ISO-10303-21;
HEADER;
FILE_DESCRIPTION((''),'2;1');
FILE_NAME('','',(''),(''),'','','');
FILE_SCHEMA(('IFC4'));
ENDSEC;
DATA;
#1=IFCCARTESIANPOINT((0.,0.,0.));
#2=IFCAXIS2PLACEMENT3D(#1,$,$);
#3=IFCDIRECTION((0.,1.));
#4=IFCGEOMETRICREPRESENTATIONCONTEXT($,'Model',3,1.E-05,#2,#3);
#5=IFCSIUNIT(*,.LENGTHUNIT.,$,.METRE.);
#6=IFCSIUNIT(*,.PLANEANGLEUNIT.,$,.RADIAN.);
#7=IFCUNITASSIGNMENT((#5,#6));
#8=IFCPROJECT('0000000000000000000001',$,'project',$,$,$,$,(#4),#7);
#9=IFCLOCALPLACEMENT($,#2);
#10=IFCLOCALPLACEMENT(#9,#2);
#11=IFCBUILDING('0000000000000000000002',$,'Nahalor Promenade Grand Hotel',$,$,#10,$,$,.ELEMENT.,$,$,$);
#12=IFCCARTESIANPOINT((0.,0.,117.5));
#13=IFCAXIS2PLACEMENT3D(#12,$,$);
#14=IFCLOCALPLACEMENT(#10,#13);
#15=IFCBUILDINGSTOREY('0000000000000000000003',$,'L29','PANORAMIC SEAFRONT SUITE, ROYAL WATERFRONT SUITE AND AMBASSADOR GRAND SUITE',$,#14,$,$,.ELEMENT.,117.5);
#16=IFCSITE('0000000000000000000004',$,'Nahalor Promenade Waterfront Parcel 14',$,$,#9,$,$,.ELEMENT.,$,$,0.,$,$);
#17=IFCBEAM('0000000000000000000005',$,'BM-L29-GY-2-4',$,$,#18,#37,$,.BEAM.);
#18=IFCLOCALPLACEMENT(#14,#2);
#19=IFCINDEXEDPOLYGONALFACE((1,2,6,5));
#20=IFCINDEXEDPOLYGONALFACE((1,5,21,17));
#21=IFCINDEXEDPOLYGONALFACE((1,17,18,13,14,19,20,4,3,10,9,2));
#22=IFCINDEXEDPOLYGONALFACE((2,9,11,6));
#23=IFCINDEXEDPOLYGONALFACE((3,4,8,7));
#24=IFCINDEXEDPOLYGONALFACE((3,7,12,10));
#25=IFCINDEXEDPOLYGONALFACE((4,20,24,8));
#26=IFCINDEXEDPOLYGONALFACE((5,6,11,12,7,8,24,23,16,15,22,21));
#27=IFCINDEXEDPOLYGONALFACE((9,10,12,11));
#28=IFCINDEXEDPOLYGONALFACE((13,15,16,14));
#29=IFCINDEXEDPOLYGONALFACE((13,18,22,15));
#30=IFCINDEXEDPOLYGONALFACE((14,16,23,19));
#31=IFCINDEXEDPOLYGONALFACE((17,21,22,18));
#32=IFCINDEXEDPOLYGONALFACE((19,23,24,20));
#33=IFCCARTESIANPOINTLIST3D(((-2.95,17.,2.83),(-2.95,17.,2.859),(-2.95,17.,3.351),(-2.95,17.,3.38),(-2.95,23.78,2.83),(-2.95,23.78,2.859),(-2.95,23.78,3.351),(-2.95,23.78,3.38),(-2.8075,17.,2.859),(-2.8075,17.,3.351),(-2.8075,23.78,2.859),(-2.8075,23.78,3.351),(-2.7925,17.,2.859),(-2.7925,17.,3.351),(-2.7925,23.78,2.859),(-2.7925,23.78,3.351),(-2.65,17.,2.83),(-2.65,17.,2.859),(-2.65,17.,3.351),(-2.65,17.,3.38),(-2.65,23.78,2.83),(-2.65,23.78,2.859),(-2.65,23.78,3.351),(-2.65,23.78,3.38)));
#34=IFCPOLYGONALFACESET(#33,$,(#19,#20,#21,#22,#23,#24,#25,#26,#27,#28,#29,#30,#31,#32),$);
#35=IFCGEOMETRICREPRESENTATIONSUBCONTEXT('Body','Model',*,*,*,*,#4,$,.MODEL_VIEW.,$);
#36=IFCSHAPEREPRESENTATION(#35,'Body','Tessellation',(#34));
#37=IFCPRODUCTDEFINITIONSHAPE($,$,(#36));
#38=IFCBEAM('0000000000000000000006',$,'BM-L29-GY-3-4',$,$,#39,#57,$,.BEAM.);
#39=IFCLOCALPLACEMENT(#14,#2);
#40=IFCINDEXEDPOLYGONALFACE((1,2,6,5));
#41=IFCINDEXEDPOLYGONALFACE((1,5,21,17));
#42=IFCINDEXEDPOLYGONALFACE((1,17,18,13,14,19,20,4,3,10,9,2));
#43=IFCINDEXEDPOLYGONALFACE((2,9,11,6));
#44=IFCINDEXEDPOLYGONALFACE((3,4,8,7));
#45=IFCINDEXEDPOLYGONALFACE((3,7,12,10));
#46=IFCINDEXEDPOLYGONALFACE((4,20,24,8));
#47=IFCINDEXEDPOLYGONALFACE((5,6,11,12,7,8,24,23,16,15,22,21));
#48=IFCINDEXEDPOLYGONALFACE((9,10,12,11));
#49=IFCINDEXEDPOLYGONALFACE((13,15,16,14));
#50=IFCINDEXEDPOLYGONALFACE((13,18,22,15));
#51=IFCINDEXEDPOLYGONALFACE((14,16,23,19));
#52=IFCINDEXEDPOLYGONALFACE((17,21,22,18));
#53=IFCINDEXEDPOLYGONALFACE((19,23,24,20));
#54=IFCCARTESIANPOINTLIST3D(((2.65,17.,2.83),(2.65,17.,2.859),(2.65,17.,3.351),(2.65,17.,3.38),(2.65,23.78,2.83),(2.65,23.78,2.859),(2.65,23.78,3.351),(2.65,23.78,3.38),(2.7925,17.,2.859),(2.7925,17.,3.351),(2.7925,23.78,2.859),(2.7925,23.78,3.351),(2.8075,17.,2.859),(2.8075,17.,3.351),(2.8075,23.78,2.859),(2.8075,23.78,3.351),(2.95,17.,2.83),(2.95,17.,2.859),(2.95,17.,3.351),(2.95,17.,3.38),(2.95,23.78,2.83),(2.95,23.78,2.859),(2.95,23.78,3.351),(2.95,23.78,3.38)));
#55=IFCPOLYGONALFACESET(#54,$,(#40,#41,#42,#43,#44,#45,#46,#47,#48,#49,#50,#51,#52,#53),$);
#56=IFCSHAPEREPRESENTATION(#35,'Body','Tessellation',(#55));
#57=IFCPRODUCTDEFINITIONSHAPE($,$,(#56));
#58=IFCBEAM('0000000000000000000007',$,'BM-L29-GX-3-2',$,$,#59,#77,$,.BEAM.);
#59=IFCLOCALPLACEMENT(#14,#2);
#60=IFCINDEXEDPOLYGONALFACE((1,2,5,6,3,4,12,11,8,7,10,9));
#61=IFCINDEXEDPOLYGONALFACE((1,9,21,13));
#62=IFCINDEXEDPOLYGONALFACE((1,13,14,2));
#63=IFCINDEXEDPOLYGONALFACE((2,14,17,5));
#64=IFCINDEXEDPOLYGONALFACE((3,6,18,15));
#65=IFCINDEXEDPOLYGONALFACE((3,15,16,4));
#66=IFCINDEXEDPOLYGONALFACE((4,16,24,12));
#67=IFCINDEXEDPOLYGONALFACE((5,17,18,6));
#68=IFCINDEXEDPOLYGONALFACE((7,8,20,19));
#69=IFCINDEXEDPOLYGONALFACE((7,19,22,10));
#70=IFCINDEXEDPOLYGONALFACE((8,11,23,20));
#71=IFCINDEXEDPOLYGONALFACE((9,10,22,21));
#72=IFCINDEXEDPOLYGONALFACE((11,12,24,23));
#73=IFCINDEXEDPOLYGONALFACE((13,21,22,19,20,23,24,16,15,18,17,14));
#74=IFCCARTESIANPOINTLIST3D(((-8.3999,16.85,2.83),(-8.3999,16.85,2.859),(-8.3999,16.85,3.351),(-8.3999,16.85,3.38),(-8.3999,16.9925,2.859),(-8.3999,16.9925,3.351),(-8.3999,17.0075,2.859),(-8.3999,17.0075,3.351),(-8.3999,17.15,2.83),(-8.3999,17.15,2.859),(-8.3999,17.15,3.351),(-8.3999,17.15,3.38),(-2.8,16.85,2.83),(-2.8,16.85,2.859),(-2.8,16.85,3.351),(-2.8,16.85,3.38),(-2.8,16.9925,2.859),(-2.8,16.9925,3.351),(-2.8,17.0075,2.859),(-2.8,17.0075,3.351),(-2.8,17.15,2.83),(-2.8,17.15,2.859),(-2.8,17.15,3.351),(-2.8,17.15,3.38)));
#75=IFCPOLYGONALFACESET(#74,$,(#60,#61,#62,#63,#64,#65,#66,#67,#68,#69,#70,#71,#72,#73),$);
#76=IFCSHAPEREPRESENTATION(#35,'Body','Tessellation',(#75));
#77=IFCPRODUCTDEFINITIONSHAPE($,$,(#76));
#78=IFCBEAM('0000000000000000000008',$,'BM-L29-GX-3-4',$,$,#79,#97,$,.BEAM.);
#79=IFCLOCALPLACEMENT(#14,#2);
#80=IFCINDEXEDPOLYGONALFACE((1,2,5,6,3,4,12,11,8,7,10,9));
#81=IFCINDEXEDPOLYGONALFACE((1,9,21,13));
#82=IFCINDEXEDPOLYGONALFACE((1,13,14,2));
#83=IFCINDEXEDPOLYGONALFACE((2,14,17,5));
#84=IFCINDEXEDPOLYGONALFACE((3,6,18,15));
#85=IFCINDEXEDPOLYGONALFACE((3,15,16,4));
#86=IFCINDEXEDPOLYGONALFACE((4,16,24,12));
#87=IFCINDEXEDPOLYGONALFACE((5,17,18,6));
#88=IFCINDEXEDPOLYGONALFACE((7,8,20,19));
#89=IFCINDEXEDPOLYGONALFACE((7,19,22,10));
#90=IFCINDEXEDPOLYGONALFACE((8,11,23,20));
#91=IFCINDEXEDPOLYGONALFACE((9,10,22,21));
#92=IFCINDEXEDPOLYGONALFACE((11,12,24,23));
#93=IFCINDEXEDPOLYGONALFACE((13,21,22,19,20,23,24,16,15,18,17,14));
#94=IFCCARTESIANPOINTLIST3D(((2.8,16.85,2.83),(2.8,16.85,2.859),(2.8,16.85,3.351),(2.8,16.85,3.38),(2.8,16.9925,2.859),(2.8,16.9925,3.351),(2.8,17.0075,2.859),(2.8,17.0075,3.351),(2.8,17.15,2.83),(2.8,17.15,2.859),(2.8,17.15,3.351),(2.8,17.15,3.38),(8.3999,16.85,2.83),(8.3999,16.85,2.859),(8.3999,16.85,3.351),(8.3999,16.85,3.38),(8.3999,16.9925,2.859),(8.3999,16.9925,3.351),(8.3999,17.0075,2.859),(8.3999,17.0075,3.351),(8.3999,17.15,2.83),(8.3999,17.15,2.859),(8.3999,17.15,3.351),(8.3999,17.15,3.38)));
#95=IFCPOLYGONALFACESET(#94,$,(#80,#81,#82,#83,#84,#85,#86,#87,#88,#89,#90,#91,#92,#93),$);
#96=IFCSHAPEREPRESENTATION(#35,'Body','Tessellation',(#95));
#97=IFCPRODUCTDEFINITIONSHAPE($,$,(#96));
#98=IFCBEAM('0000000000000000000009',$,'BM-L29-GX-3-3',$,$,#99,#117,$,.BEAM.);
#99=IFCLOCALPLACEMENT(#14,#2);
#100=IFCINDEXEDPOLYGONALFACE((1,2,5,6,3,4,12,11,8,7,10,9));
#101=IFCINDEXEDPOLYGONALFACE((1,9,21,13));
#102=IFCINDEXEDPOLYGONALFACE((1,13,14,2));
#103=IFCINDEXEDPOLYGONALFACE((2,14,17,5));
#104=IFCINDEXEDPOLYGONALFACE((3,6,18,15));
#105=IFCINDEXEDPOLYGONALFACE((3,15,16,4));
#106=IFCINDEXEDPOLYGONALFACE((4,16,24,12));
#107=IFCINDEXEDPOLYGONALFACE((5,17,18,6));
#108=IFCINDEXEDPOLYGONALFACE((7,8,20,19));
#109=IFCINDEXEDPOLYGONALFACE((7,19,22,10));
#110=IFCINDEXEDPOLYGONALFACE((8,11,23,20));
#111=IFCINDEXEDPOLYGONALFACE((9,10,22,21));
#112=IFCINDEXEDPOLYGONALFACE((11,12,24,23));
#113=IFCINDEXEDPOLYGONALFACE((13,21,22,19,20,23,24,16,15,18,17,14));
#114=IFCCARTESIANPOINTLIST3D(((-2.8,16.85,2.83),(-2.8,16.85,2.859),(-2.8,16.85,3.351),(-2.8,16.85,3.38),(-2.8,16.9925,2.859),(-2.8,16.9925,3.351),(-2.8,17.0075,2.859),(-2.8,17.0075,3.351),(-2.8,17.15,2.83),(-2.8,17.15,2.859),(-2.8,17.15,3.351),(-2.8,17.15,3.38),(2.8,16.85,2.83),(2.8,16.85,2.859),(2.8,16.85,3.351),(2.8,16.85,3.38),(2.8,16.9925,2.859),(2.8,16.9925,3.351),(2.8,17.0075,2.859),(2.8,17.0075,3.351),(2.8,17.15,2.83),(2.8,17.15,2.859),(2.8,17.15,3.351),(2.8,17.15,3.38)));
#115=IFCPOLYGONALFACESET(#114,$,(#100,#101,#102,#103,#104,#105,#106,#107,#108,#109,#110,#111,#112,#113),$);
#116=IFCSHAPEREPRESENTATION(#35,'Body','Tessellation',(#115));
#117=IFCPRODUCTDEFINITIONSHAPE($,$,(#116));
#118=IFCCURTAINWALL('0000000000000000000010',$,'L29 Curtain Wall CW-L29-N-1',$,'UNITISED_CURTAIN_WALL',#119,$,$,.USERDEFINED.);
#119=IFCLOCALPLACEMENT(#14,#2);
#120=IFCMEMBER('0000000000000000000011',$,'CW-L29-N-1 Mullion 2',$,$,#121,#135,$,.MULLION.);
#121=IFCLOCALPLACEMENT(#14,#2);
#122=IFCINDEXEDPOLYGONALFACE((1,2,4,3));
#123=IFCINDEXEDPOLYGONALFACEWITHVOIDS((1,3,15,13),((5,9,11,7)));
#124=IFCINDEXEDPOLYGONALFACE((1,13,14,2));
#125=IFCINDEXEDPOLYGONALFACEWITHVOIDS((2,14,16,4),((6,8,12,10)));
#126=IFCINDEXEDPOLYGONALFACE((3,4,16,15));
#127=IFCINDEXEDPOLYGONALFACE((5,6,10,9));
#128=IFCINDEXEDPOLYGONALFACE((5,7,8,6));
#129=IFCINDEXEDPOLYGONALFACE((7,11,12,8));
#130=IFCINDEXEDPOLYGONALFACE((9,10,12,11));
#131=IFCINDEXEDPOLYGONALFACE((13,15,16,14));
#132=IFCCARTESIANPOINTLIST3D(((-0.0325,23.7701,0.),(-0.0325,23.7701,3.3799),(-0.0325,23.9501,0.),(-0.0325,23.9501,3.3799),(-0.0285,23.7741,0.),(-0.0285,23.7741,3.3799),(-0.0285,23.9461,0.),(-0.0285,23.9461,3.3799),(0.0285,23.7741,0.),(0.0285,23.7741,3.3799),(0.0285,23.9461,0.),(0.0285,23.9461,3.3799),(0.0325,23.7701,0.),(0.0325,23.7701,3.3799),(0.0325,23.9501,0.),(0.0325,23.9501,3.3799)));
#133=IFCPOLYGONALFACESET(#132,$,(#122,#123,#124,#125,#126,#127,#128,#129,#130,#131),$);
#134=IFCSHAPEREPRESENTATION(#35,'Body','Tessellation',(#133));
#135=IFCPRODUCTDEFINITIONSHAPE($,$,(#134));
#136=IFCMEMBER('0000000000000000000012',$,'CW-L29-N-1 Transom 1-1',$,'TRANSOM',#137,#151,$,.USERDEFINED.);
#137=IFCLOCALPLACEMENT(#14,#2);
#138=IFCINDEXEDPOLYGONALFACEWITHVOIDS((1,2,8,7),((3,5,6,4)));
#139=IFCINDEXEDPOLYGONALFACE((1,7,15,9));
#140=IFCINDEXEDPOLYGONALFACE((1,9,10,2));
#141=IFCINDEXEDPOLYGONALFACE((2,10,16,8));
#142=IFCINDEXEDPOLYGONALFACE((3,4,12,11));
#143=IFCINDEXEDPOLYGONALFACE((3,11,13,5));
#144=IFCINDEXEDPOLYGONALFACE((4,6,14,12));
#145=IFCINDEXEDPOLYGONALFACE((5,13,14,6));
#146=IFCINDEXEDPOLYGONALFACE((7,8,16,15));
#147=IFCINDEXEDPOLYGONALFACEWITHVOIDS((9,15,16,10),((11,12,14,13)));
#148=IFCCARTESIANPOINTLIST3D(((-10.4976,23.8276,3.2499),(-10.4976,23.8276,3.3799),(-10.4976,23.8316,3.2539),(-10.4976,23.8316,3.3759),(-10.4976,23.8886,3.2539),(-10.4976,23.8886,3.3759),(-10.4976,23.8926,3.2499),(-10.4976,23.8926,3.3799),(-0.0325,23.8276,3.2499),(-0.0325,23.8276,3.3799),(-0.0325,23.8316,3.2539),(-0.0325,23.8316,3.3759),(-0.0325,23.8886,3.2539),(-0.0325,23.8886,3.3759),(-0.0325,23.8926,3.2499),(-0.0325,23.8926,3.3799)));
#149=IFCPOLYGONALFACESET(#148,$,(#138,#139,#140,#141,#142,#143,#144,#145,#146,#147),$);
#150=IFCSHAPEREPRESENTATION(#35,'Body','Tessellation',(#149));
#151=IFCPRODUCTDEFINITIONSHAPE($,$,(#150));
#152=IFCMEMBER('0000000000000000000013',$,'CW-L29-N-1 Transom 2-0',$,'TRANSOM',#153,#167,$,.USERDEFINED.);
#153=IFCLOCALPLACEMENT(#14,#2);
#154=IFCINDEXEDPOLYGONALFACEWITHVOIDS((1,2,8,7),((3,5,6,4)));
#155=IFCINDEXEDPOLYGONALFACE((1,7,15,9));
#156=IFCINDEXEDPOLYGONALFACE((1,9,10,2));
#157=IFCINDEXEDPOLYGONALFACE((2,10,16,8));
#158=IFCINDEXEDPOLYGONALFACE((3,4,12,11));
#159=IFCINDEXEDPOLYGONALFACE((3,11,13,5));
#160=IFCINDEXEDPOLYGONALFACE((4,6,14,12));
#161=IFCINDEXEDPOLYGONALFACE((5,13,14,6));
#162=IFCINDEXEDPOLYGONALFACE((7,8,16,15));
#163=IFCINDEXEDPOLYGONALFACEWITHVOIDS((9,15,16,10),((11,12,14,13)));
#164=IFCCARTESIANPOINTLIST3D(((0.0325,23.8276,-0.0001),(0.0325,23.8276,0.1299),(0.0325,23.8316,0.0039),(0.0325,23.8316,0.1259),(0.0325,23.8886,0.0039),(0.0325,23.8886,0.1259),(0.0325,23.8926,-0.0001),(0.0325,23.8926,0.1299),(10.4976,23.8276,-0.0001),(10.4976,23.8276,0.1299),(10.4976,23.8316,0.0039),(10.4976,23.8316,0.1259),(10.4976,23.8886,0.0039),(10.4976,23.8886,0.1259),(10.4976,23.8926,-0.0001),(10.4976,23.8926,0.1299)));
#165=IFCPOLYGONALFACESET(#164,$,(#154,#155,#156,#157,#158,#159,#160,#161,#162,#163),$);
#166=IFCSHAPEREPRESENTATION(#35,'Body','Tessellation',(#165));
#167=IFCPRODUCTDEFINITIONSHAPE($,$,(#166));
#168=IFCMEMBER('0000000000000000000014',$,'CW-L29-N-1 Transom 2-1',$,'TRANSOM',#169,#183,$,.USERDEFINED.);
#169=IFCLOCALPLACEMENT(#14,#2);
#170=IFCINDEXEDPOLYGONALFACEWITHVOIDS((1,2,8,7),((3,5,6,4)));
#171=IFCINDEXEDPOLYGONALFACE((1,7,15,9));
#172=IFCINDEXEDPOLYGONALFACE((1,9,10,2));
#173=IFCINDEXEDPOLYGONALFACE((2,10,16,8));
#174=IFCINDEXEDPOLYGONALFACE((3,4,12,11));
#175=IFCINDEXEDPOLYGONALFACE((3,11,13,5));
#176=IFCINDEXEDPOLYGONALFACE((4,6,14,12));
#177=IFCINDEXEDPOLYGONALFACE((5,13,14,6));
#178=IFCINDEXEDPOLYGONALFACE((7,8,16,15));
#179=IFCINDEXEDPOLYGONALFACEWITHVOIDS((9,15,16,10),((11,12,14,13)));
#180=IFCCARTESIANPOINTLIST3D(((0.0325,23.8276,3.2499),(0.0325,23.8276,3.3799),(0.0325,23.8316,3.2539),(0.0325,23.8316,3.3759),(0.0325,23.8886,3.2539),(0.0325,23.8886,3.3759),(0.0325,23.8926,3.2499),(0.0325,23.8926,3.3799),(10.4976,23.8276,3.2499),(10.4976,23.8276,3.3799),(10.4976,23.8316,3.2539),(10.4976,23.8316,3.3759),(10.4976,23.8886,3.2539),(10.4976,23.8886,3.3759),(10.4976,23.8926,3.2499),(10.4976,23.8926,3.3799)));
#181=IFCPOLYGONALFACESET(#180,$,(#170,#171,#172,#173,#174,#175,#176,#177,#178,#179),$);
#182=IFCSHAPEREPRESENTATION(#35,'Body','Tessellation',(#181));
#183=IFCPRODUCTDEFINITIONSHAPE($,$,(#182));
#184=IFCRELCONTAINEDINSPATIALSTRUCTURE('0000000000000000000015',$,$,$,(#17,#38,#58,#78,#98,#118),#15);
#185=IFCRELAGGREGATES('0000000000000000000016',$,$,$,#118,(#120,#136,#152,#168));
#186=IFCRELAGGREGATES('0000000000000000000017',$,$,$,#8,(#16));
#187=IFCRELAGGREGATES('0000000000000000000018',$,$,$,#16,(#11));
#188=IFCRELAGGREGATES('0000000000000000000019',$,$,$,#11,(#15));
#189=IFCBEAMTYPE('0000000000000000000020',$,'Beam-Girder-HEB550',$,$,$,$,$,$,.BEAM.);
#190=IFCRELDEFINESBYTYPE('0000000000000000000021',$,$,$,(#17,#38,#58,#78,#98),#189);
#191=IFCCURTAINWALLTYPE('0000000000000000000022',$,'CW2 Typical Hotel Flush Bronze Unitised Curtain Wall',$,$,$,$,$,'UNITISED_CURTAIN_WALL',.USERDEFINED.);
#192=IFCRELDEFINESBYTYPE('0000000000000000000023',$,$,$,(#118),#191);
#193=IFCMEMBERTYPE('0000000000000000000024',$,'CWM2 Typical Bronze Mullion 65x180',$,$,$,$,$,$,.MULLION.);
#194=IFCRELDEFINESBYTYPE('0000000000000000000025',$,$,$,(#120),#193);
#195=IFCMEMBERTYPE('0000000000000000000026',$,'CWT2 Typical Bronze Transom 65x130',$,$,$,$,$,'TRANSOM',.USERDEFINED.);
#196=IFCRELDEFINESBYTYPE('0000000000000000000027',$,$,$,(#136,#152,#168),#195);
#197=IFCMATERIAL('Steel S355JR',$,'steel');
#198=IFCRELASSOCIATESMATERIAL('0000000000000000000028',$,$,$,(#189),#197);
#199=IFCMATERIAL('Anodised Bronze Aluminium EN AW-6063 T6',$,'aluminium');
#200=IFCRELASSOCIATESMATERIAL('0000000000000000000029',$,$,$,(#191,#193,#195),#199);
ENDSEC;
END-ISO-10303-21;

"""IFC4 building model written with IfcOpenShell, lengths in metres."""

from ifc_helpers import new_model, si_unit, direction, frame, origin, origin_2d, place, context, subcontext, project, spatial, hollow_rectangle, i_section, extrude, source, transform, mapped, material, material_profile, profile_set, type_object, element, aggregate, save


model = new_model("IFC4")

# Units and contexts
model_context = context("Model", 3, precision=1e-05, world=origin(), true_north=direction((0.0, 1.0)))
body_context = subcontext(model_context, "Body", "Model", "MODEL_VIEW")
ifc_project = project(units=[si_unit("LENGTHUNIT", "METRE"), si_unit("PLANEANGLEUNIT", "RADIAN")], contexts=[model_context])

# Site, building, storey
site_placement = place(None, origin())
site = spatial("IfcSite", under=ifc_project, at=site_placement, Name="Nahalor Promenade Waterfront Parcel 14", CompositionType="ELEMENT", RefElevation=0.0)
building_placement = place(site_placement, origin())
building = spatial("IfcBuilding", under=site, at=building_placement, Name="Nahalor Promenade Grand Hotel", CompositionType="ELEMENT")
storey_placement = place(building_placement, frame((0.0, 0.0, 117.5)))
storey = spatial("IfcBuildingStorey", under=building, at=storey_placement, Name="L29", Description="PANORAMIC SEAFRONT SUITE, ROYAL WATERFRONT SUITE AND AMBASSADOR GRAND SUITE", CompositionType="ELEMENT", Elevation=117.5)

# Beams
ifc_material_1 = material(Name="Steel S355JR", Category="steel")
ifc_material_profile_1 = material_profile(ifc_material_1, i_section(OverallWidth=0.3, OverallDepth=0.55, WebThickness=0.015, FlangeThickness=0.029, at=origin_2d()), Name="HEB 550")
ifc_profile_set_1 = profile_set([ifc_material_profile_1], Name="Steel S355JR")
beam_type_1 = type_object("IfcBeamType", Name="Beam-Girder-HEB550", PredefinedType="BEAM", material=ifc_profile_set_1)
shared_shape_1 = source(origin(), body_context, "Body", "SweptSolid", [
    extrude(i_section(OverallWidth=0.3, OverallDepth=0.55, WebThickness=0.015, FlangeThickness=0.029, at=origin_2d()), origin(), (0.0, 0.0, 1.0), 6.78),
])
for number, where, z_axis, x_axis, name in (
    (1, (-2.8, 17.0, 3.105), (0.0, 1.0, 0.0), (-1.0, 0.0, 0.0), "BM-L29-GY-2-4"),
    (2, (2.8, 17.0, 3.105), (0.0, 1.0, 0.0), (-1.0, 0.0, 0.0), "BM-L29-GY-3-4"),
):
    element("IfcBeam", number, at=place(storey_placement, frame(where, z_axis=z_axis, x_axis=x_axis)), inside=storey, type_object=beam_type_1, Name=name, PredefinedType="BEAM", context=body_context, shape_type="MappedRepresentation", body=[
        mapped(shared_shape_1, transform((0.0, 0.0, 0.0), scale=1.0)),
    ])
shared_shape_2 = source(origin(), body_context, "Body", "SweptSolid", [
    extrude(i_section(OverallWidth=0.3, OverallDepth=0.55, WebThickness=0.015, FlangeThickness=0.029, at=origin_2d()), origin(), (0.0, 0.0, 1.0), 5.5999),
])
for number, where, z_axis, x_axis, name in (
    (3, (-8.3999, 17.0, 3.105), (1.0, 0.0, 0.0), (0.0, 1.0, 0.0), "BM-L29-GX-3-2"),
    (4, (2.8, 17.0, 3.105), (1.0, 0.0, 0.0), (0.0, 1.0, 0.0), "BM-L29-GX-3-4"),
):
    element("IfcBeam", number, at=place(storey_placement, frame(where, z_axis=z_axis, x_axis=x_axis)), inside=storey, type_object=beam_type_1, Name=name, PredefinedType="BEAM", context=body_context, shape_type="MappedRepresentation", body=[
        mapped(shared_shape_2, transform((0.0, 0.0, 0.0), scale=1.0)),
    ])
shared_shape_3 = source(origin(), body_context, "Body", "SweptSolid", [
    extrude(i_section(OverallWidth=0.3, OverallDepth=0.55, WebThickness=0.015, FlangeThickness=0.029, at=origin_2d()), origin(), (0.0, 0.0, 1.0), 5.6001),
])
beam_1_placement = place(storey_placement, frame((-2.8, 17.0, 3.105), z_axis=(1.0, 0.0, 0.0), x_axis=(0.0, 1.0, 0.0)))
element("IfcBeam", 5, at=beam_1_placement, inside=storey, type_object=beam_type_1, Name="BM-L29-GX-3-3", PredefinedType="BEAM", context=body_context, shape_type="MappedRepresentation", body=[
    mapped(shared_shape_3, transform((0.0, 0.0, 0.0), scale=1.0)),
])

# Curtain wall, members
ifc_material_2 = material(Name="Anodised Bronze Aluminium EN AW-6063 T6", Category="aluminium")
curtain_wall_type = type_object("IfcCurtainWallType", Name="CW2 Typical Hotel Flush Bronze Unitised Curtain Wall", ElementType="UNITISED_CURTAIN_WALL", PredefinedType="USERDEFINED", material=ifc_material_2)
curtain_wall_placement = place(storey_placement, origin())
curtain_wall = element("IfcCurtainWall", 6, at=curtain_wall_placement, inside=storey, type_object=curtain_wall_type, Name="L29 Curtain Wall CW-L29-N-1", ObjectType="UNITISED_CURTAIN_WALL", PredefinedType="USERDEFINED")
ifc_material_profile_2 = material_profile(ifc_material_2, hollow_rectangle(XDim=0.065, YDim=0.18, WallThickness=0.004, at=origin_2d()), Name="CWM 65x180x4")
ifc_profile_set_2 = profile_set([ifc_material_profile_2], Name="Anodised Bronze Aluminium EN AW-6063 T6")
member_type_1 = type_object("IfcMemberType", Name="CWM2 Typical Bronze Mullion 65x180", PredefinedType="MULLION", material=ifc_profile_set_2)
shared_shape_4 = source(origin(), body_context, "Body", "SweptSolid", [
    extrude(hollow_rectangle(XDim=0.065, YDim=0.18, WallThickness=0.004, at=origin_2d()), origin(), (0.0, 0.0, 1.0), 3.3799),
])
member_1_placement = place(storey_placement, frame((0.0, 23.8601, 0.0), z_axis=(0.0, 0.0, 1.0), x_axis=(1.0, 0.0, 0.0)))
member_1 = element("IfcMember", 7, at=member_1_placement, type_object=member_type_1, Name="CW-L29-N-1 Mullion 2", PredefinedType="MULLION", context=body_context, shape_type="MappedRepresentation", body=[
    mapped(shared_shape_4, transform((0.0, 0.0, 0.0), scale=1.0)),
])
ifc_material_profile_3 = material_profile(ifc_material_2, hollow_rectangle(XDim=0.065, YDim=0.13, WallThickness=0.004, at=origin_2d()), Name="CWT 65x130x4")
ifc_profile_set_3 = profile_set([ifc_material_profile_3], Name="Anodised Bronze Aluminium EN AW-6063 T6")
member_type_2 = type_object("IfcMemberType", Name="CWT2 Typical Bronze Transom 65x130", ElementType="TRANSOM", PredefinedType="USERDEFINED", material=ifc_profile_set_3)
shared_shape_5 = source(origin(), body_context, "Body", "SweptSolid", [
    extrude(hollow_rectangle(XDim=0.065, YDim=0.13, WallThickness=0.004, at=origin_2d()), origin(), (0.0, 0.0, 1.0), 10.4651),
])
member_2_placement = place(storey_placement, frame((-10.4976, 23.8601, 3.3149), z_axis=(1.0, 0.0, 0.0), x_axis=(0.0, 1.0, 0.0)))
member_2 = element("IfcMember", 8, at=member_2_placement, type_object=member_type_2, Name="CW-L29-N-1 Transom 1-1", ObjectType="TRANSOM", PredefinedType="USERDEFINED", context=body_context, shape_type="MappedRepresentation", body=[
    mapped(shared_shape_5, transform((0.0, 0.0, 0.0), scale=1.0)),
])
member_3_placement = place(storey_placement, frame((0.0325, 23.8601, 0.0649), z_axis=(1.0, 0.0, 0.0), x_axis=(0.0, 1.0, 0.0)))
member_3 = element("IfcMember", 9, at=member_3_placement, type_object=member_type_2, Name="CW-L29-N-1 Transom 2-0", ObjectType="TRANSOM", PredefinedType="USERDEFINED", context=body_context, shape_type="MappedRepresentation", body=[
    mapped(shared_shape_5, transform((0.0, 0.0, 0.0), scale=1.0)),
])
member_4_placement = place(storey_placement, frame((0.0325, 23.8601, 3.3149), z_axis=(1.0, 0.0, 0.0), x_axis=(0.0, 1.0, 0.0)))
member_4 = element("IfcMember", 10, at=member_4_placement, type_object=member_type_2, Name="CW-L29-N-1 Transom 2-1", ObjectType="TRANSOM", PredefinedType="USERDEFINED", context=body_context, shape_type="MappedRepresentation", body=[
    mapped(shared_shape_5, transform((0.0, 0.0, 0.0), scale=1.0)),
])
aggregate(curtain_wall, [member_1, member_2, member_3, member_4])

save(model, "model.ifc")
